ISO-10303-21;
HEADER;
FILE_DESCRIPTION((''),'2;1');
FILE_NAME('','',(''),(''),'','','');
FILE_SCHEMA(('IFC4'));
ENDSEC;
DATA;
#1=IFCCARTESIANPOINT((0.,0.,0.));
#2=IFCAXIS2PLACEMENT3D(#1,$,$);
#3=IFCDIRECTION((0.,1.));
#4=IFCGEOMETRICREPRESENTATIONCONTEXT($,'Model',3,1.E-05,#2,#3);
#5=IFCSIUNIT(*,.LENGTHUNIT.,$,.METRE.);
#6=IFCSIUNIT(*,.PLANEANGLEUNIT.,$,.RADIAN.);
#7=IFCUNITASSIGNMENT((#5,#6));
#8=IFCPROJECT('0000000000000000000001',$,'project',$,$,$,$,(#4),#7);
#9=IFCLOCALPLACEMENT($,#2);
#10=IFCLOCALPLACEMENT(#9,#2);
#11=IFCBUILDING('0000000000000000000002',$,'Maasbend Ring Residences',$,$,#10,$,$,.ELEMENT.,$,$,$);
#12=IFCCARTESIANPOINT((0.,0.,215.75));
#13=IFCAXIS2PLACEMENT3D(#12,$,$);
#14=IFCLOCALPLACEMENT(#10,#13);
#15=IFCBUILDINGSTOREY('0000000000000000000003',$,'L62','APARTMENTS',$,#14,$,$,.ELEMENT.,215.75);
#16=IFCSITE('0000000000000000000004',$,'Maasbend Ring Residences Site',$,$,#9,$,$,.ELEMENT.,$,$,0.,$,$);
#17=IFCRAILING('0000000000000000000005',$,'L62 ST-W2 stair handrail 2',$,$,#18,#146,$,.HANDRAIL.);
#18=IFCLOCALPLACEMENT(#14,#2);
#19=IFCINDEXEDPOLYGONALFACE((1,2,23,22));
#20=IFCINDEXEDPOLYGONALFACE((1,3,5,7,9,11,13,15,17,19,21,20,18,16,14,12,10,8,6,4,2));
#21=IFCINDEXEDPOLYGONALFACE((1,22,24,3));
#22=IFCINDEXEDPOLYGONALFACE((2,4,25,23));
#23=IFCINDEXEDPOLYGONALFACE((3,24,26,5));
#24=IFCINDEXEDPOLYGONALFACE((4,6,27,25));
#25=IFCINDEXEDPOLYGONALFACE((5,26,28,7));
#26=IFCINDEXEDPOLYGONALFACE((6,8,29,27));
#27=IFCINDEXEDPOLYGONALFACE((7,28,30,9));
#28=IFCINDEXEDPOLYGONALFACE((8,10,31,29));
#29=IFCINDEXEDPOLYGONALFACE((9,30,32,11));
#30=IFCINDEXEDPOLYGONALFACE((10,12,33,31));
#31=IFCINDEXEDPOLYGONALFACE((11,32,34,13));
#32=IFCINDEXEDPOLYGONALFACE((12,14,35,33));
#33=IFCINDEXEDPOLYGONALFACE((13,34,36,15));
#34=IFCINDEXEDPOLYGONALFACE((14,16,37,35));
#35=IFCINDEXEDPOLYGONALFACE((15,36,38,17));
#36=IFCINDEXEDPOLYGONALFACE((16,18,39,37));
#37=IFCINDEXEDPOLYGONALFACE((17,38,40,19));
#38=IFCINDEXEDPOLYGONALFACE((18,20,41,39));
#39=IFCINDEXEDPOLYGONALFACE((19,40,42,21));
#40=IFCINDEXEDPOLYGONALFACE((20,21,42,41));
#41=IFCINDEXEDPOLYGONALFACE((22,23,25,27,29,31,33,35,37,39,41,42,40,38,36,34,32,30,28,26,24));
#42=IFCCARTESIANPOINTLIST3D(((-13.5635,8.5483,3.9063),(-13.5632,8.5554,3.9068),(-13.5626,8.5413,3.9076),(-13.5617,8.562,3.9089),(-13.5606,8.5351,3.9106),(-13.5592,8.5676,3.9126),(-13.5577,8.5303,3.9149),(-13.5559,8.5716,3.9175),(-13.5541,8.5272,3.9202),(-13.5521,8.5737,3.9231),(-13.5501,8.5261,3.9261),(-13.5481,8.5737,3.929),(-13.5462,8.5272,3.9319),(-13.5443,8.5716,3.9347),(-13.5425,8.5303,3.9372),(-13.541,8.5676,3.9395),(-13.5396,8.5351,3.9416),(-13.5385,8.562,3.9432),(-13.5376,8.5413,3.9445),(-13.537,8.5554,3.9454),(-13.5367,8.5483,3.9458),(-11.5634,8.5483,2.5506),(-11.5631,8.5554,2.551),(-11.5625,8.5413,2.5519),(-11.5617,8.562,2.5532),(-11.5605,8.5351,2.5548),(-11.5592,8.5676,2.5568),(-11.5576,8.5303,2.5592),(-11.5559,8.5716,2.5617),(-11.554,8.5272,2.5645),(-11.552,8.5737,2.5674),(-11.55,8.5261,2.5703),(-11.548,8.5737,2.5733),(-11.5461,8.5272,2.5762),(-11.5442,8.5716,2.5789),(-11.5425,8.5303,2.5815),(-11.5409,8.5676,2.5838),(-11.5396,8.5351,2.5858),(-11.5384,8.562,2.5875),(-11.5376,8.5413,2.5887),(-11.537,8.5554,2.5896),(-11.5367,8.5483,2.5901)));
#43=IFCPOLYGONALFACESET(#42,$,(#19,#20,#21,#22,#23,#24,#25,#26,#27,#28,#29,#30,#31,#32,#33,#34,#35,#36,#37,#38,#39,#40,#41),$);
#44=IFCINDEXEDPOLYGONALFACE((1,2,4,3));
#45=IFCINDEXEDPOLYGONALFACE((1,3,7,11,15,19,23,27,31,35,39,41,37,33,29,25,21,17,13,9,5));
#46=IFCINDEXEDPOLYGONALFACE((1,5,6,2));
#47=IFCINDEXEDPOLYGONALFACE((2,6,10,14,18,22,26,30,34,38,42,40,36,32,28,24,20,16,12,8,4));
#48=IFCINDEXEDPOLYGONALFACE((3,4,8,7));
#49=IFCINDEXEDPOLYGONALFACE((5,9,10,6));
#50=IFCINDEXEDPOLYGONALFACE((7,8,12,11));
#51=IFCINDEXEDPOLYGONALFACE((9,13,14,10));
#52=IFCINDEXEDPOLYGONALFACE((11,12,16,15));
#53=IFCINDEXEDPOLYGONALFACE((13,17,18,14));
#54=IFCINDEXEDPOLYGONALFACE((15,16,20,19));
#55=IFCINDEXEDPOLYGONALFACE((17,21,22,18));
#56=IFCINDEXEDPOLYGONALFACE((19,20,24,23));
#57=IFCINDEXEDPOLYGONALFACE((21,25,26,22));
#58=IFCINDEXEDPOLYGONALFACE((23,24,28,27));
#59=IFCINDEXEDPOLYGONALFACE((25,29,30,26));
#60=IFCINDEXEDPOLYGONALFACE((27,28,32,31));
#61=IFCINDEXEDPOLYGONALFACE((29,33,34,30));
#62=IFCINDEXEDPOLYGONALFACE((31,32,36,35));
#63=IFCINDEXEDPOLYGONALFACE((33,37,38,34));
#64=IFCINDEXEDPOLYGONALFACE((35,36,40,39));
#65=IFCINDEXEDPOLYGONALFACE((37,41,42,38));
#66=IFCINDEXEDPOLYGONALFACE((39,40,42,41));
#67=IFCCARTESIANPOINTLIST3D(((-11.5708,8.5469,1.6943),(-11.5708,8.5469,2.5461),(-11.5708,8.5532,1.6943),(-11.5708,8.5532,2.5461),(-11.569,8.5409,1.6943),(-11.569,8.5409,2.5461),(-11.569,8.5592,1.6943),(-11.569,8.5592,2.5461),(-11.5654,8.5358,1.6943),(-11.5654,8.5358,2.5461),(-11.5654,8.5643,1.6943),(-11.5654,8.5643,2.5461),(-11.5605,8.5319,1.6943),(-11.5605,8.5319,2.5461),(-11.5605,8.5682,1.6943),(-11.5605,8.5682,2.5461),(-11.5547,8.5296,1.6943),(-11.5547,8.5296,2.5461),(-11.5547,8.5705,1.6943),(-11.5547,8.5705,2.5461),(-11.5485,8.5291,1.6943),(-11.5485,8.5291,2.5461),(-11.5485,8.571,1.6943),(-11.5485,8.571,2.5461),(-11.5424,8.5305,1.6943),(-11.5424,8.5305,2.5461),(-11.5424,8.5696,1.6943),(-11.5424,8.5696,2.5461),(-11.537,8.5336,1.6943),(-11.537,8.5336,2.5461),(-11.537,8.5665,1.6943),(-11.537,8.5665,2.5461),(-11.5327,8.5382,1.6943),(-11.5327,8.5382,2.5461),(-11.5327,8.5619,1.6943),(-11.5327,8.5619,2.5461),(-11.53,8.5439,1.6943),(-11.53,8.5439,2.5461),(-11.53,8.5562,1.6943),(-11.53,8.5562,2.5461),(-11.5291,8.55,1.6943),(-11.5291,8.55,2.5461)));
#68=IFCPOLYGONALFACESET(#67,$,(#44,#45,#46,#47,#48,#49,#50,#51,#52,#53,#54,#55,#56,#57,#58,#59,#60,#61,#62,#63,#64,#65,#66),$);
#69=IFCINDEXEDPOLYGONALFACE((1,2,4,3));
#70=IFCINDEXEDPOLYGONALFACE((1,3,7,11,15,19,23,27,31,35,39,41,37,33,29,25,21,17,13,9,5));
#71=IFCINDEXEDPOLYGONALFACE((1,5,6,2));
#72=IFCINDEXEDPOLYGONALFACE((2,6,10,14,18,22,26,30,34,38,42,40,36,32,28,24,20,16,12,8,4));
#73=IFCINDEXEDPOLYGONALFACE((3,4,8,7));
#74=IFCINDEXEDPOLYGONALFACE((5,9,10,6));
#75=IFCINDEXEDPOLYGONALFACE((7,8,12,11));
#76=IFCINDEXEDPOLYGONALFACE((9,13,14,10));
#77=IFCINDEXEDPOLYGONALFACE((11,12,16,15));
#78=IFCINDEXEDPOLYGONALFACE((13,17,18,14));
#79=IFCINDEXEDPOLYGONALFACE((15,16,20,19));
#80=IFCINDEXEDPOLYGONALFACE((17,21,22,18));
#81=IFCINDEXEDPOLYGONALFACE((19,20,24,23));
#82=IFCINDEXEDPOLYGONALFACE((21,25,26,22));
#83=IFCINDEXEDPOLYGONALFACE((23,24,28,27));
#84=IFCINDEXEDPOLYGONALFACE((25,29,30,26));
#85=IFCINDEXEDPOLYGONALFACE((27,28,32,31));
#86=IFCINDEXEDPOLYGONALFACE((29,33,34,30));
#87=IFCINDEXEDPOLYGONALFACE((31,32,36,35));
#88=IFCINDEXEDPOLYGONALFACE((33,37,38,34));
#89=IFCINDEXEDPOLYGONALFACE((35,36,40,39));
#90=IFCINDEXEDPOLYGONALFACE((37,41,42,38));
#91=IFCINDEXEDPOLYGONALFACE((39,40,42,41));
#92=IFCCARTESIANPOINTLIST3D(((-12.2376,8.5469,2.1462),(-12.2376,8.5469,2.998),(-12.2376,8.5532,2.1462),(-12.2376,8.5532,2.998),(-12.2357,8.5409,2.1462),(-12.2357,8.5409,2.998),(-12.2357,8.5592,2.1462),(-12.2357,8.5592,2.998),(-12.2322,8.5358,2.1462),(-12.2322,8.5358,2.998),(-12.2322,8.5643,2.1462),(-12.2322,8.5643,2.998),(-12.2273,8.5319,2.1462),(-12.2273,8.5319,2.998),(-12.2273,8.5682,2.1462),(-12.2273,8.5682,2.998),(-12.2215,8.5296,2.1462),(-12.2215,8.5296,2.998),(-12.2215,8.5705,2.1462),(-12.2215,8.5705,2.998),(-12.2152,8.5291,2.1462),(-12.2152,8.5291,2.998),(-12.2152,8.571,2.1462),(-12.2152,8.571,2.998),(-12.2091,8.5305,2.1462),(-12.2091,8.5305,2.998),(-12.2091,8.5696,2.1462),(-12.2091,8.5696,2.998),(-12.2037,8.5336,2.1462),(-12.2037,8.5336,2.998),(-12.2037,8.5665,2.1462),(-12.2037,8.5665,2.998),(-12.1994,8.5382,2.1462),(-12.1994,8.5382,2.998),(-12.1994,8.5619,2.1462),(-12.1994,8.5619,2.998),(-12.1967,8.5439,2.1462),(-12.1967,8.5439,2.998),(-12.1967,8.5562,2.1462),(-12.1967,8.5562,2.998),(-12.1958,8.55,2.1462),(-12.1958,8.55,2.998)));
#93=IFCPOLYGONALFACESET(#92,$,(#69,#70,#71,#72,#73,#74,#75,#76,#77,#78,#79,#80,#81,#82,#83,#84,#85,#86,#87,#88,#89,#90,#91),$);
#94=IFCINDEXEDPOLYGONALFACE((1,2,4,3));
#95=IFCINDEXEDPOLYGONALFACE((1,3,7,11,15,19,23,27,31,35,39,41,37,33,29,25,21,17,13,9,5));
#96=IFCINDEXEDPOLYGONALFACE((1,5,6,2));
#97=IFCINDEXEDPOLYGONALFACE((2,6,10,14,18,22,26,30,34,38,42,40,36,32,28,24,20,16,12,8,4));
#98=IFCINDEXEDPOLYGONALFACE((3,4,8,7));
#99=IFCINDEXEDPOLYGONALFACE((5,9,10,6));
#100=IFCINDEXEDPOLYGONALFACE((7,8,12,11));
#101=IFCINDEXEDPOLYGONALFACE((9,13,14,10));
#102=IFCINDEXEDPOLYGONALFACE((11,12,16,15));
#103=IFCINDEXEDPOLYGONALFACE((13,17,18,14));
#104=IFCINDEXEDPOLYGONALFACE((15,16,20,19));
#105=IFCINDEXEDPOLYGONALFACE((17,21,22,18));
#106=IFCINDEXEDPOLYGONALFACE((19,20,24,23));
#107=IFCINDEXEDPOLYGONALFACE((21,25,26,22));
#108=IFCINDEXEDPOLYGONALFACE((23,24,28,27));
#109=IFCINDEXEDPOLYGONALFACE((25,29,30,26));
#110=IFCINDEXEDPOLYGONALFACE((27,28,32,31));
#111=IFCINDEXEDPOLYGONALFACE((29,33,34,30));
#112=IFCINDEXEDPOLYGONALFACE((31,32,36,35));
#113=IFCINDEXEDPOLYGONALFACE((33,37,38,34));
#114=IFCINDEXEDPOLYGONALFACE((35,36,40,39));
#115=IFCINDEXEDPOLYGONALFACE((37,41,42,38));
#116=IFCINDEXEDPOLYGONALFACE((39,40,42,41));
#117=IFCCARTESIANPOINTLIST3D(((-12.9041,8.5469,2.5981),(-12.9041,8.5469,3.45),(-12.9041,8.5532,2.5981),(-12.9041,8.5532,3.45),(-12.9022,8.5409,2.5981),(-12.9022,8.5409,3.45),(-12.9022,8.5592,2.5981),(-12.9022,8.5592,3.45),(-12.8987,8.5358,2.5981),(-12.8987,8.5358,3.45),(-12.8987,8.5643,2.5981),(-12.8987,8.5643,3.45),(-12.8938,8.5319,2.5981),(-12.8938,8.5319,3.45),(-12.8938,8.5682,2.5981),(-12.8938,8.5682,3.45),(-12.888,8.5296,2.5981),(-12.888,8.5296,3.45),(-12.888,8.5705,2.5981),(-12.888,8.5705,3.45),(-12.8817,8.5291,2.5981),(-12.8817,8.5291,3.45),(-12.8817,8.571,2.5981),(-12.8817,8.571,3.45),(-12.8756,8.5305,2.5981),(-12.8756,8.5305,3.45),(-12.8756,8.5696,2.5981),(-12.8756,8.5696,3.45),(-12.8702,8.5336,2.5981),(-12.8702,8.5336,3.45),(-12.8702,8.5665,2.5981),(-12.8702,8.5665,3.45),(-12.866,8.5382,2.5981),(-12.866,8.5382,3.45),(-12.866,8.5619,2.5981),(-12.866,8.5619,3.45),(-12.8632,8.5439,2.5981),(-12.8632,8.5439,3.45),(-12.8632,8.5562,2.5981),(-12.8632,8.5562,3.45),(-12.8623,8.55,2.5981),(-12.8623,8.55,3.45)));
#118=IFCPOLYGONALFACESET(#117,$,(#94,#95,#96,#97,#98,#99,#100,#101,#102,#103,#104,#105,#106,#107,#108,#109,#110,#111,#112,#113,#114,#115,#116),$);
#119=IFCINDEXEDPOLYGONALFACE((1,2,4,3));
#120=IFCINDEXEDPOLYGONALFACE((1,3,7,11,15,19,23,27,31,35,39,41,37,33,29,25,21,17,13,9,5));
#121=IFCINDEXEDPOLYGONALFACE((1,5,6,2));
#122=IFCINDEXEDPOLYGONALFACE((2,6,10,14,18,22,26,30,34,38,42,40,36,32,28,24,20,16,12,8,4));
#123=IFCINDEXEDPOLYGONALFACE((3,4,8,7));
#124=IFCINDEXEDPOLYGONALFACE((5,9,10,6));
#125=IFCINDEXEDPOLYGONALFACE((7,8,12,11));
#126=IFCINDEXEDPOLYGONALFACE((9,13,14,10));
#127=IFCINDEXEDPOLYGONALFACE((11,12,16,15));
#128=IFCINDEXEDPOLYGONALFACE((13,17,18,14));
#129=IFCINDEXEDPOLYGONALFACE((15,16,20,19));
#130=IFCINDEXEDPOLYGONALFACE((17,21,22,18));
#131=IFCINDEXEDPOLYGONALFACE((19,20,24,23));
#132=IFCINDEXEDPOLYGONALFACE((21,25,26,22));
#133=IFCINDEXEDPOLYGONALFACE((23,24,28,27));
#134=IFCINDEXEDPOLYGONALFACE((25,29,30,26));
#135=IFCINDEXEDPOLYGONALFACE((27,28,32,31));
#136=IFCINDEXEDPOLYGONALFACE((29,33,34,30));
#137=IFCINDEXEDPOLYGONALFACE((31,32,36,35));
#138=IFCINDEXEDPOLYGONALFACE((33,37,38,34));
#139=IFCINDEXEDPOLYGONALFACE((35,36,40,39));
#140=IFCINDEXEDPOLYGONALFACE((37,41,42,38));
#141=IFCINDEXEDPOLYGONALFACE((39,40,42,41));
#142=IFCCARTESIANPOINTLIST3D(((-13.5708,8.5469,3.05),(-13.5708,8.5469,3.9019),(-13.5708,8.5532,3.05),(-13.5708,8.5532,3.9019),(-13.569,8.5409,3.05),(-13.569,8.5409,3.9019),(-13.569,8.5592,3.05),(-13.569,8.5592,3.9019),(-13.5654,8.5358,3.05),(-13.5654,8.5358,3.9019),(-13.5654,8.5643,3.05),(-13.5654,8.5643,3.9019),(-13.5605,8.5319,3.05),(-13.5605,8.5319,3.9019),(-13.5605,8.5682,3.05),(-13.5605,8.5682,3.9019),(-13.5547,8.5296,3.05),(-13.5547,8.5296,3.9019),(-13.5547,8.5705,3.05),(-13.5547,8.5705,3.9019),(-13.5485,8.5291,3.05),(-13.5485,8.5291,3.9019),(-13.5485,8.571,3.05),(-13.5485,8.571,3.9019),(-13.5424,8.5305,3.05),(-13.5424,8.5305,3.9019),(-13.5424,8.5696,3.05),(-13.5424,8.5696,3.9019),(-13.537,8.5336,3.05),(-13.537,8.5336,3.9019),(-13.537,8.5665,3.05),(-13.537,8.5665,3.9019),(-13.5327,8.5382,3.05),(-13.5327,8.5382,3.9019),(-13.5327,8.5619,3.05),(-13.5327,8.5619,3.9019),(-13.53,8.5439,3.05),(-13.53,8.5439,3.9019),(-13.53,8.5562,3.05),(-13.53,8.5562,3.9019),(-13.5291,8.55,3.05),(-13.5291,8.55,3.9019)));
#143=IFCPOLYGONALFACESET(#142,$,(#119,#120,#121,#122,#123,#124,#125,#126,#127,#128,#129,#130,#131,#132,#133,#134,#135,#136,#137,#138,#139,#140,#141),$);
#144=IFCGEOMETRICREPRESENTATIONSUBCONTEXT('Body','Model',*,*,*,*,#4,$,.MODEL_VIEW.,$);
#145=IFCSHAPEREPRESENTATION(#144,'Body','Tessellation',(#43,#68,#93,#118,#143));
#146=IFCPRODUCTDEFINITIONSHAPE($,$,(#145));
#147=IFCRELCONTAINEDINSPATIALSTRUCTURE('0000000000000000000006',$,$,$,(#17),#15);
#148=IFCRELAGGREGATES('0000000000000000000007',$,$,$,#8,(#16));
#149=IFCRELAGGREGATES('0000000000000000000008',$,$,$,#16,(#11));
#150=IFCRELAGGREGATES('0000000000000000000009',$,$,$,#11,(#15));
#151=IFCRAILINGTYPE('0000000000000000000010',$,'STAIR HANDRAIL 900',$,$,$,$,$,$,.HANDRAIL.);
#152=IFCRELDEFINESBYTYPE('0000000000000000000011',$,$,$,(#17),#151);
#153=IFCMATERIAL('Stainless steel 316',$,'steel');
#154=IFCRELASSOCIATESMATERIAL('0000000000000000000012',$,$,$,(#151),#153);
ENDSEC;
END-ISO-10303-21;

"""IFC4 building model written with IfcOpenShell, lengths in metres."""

from ifc_helpers import new_model, si_unit, direction, frame, origin, origin_2d, place, context, subcontext, project, spatial, circle, extrude, material, type_object, element, save


model = new_model("IFC4")

# Units and contexts
model_context = context("Model", 3, precision=1e-05, world=origin(), true_north=direction((0.0, 1.0)))
body_context = subcontext(model_context, "Body", "Model", "MODEL_VIEW")
ifc_project = project(units=[si_unit("LENGTHUNIT", "METRE"), si_unit("PLANEANGLEUNIT", "RADIAN")], contexts=[model_context])

# Site, building, storey
site_placement = place(None, origin())
site = spatial("IfcSite", under=ifc_project, at=site_placement, Name="Maasbend Ring Residences Site", CompositionType="ELEMENT", RefElevation=0.0)
building_placement = place(site_placement, origin())
building = spatial("IfcBuilding", under=site, at=building_placement, Name="Maasbend Ring Residences", CompositionType="ELEMENT")
storey_placement = place(building_placement, frame((0.0, 0.0, 215.75)))
storey = spatial("IfcBuildingStorey", under=building, at=storey_placement, Name="L62", Description="APARTMENTS", CompositionType="ELEMENT", Elevation=215.75)

# Railing
ifc_material_1 = material(Name="Stainless steel 316", Category="steel")
railing_type = type_object("IfcRailingType", Name="STAIR HANDRAIL 900", PredefinedType="HANDRAIL", material=ifc_material_1)
railing_placement = place(storey_placement, frame((-11.55, 8.55, 1.6943)))
element("IfcRailing", 1, at=railing_placement, inside=storey, type_object=railing_type, Name="L62 ST-W2 stair handrail 2", PredefinedType="HANDRAIL", context=body_context, shape_type="SweptSolid", body=[
    extrude(circle(Radius=0.0239, at=origin_2d()), frame((0.0, 0.0, 0.876), z_axis=(-0.827751, 0.0, 0.561096), x_axis=(0.0, -1.0, 0.0)), (0.0, 0.0, 1.0), 2.4163),
    extrude(circle(Radius=0.021, at=origin_2d()), origin(), (0.0, 0.0, 1.0), 0.8518),
    extrude(circle(Radius=0.021, at=origin_2d()), frame((-0.6667, 0.0, 0.4519)), (0.0, 0.0, 1.0), 0.8518),
    extrude(circle(Radius=0.021, at=origin_2d()), frame((-1.3333, 0.0, 0.9038)), (0.0, 0.0, 1.0), 0.8518),
    extrude(circle(Radius=0.021, at=origin_2d()), frame((-2.0, 0.0, 1.3557)), (0.0, 0.0, 1.0), 0.8518),
])

save(model, "model.ifc")
